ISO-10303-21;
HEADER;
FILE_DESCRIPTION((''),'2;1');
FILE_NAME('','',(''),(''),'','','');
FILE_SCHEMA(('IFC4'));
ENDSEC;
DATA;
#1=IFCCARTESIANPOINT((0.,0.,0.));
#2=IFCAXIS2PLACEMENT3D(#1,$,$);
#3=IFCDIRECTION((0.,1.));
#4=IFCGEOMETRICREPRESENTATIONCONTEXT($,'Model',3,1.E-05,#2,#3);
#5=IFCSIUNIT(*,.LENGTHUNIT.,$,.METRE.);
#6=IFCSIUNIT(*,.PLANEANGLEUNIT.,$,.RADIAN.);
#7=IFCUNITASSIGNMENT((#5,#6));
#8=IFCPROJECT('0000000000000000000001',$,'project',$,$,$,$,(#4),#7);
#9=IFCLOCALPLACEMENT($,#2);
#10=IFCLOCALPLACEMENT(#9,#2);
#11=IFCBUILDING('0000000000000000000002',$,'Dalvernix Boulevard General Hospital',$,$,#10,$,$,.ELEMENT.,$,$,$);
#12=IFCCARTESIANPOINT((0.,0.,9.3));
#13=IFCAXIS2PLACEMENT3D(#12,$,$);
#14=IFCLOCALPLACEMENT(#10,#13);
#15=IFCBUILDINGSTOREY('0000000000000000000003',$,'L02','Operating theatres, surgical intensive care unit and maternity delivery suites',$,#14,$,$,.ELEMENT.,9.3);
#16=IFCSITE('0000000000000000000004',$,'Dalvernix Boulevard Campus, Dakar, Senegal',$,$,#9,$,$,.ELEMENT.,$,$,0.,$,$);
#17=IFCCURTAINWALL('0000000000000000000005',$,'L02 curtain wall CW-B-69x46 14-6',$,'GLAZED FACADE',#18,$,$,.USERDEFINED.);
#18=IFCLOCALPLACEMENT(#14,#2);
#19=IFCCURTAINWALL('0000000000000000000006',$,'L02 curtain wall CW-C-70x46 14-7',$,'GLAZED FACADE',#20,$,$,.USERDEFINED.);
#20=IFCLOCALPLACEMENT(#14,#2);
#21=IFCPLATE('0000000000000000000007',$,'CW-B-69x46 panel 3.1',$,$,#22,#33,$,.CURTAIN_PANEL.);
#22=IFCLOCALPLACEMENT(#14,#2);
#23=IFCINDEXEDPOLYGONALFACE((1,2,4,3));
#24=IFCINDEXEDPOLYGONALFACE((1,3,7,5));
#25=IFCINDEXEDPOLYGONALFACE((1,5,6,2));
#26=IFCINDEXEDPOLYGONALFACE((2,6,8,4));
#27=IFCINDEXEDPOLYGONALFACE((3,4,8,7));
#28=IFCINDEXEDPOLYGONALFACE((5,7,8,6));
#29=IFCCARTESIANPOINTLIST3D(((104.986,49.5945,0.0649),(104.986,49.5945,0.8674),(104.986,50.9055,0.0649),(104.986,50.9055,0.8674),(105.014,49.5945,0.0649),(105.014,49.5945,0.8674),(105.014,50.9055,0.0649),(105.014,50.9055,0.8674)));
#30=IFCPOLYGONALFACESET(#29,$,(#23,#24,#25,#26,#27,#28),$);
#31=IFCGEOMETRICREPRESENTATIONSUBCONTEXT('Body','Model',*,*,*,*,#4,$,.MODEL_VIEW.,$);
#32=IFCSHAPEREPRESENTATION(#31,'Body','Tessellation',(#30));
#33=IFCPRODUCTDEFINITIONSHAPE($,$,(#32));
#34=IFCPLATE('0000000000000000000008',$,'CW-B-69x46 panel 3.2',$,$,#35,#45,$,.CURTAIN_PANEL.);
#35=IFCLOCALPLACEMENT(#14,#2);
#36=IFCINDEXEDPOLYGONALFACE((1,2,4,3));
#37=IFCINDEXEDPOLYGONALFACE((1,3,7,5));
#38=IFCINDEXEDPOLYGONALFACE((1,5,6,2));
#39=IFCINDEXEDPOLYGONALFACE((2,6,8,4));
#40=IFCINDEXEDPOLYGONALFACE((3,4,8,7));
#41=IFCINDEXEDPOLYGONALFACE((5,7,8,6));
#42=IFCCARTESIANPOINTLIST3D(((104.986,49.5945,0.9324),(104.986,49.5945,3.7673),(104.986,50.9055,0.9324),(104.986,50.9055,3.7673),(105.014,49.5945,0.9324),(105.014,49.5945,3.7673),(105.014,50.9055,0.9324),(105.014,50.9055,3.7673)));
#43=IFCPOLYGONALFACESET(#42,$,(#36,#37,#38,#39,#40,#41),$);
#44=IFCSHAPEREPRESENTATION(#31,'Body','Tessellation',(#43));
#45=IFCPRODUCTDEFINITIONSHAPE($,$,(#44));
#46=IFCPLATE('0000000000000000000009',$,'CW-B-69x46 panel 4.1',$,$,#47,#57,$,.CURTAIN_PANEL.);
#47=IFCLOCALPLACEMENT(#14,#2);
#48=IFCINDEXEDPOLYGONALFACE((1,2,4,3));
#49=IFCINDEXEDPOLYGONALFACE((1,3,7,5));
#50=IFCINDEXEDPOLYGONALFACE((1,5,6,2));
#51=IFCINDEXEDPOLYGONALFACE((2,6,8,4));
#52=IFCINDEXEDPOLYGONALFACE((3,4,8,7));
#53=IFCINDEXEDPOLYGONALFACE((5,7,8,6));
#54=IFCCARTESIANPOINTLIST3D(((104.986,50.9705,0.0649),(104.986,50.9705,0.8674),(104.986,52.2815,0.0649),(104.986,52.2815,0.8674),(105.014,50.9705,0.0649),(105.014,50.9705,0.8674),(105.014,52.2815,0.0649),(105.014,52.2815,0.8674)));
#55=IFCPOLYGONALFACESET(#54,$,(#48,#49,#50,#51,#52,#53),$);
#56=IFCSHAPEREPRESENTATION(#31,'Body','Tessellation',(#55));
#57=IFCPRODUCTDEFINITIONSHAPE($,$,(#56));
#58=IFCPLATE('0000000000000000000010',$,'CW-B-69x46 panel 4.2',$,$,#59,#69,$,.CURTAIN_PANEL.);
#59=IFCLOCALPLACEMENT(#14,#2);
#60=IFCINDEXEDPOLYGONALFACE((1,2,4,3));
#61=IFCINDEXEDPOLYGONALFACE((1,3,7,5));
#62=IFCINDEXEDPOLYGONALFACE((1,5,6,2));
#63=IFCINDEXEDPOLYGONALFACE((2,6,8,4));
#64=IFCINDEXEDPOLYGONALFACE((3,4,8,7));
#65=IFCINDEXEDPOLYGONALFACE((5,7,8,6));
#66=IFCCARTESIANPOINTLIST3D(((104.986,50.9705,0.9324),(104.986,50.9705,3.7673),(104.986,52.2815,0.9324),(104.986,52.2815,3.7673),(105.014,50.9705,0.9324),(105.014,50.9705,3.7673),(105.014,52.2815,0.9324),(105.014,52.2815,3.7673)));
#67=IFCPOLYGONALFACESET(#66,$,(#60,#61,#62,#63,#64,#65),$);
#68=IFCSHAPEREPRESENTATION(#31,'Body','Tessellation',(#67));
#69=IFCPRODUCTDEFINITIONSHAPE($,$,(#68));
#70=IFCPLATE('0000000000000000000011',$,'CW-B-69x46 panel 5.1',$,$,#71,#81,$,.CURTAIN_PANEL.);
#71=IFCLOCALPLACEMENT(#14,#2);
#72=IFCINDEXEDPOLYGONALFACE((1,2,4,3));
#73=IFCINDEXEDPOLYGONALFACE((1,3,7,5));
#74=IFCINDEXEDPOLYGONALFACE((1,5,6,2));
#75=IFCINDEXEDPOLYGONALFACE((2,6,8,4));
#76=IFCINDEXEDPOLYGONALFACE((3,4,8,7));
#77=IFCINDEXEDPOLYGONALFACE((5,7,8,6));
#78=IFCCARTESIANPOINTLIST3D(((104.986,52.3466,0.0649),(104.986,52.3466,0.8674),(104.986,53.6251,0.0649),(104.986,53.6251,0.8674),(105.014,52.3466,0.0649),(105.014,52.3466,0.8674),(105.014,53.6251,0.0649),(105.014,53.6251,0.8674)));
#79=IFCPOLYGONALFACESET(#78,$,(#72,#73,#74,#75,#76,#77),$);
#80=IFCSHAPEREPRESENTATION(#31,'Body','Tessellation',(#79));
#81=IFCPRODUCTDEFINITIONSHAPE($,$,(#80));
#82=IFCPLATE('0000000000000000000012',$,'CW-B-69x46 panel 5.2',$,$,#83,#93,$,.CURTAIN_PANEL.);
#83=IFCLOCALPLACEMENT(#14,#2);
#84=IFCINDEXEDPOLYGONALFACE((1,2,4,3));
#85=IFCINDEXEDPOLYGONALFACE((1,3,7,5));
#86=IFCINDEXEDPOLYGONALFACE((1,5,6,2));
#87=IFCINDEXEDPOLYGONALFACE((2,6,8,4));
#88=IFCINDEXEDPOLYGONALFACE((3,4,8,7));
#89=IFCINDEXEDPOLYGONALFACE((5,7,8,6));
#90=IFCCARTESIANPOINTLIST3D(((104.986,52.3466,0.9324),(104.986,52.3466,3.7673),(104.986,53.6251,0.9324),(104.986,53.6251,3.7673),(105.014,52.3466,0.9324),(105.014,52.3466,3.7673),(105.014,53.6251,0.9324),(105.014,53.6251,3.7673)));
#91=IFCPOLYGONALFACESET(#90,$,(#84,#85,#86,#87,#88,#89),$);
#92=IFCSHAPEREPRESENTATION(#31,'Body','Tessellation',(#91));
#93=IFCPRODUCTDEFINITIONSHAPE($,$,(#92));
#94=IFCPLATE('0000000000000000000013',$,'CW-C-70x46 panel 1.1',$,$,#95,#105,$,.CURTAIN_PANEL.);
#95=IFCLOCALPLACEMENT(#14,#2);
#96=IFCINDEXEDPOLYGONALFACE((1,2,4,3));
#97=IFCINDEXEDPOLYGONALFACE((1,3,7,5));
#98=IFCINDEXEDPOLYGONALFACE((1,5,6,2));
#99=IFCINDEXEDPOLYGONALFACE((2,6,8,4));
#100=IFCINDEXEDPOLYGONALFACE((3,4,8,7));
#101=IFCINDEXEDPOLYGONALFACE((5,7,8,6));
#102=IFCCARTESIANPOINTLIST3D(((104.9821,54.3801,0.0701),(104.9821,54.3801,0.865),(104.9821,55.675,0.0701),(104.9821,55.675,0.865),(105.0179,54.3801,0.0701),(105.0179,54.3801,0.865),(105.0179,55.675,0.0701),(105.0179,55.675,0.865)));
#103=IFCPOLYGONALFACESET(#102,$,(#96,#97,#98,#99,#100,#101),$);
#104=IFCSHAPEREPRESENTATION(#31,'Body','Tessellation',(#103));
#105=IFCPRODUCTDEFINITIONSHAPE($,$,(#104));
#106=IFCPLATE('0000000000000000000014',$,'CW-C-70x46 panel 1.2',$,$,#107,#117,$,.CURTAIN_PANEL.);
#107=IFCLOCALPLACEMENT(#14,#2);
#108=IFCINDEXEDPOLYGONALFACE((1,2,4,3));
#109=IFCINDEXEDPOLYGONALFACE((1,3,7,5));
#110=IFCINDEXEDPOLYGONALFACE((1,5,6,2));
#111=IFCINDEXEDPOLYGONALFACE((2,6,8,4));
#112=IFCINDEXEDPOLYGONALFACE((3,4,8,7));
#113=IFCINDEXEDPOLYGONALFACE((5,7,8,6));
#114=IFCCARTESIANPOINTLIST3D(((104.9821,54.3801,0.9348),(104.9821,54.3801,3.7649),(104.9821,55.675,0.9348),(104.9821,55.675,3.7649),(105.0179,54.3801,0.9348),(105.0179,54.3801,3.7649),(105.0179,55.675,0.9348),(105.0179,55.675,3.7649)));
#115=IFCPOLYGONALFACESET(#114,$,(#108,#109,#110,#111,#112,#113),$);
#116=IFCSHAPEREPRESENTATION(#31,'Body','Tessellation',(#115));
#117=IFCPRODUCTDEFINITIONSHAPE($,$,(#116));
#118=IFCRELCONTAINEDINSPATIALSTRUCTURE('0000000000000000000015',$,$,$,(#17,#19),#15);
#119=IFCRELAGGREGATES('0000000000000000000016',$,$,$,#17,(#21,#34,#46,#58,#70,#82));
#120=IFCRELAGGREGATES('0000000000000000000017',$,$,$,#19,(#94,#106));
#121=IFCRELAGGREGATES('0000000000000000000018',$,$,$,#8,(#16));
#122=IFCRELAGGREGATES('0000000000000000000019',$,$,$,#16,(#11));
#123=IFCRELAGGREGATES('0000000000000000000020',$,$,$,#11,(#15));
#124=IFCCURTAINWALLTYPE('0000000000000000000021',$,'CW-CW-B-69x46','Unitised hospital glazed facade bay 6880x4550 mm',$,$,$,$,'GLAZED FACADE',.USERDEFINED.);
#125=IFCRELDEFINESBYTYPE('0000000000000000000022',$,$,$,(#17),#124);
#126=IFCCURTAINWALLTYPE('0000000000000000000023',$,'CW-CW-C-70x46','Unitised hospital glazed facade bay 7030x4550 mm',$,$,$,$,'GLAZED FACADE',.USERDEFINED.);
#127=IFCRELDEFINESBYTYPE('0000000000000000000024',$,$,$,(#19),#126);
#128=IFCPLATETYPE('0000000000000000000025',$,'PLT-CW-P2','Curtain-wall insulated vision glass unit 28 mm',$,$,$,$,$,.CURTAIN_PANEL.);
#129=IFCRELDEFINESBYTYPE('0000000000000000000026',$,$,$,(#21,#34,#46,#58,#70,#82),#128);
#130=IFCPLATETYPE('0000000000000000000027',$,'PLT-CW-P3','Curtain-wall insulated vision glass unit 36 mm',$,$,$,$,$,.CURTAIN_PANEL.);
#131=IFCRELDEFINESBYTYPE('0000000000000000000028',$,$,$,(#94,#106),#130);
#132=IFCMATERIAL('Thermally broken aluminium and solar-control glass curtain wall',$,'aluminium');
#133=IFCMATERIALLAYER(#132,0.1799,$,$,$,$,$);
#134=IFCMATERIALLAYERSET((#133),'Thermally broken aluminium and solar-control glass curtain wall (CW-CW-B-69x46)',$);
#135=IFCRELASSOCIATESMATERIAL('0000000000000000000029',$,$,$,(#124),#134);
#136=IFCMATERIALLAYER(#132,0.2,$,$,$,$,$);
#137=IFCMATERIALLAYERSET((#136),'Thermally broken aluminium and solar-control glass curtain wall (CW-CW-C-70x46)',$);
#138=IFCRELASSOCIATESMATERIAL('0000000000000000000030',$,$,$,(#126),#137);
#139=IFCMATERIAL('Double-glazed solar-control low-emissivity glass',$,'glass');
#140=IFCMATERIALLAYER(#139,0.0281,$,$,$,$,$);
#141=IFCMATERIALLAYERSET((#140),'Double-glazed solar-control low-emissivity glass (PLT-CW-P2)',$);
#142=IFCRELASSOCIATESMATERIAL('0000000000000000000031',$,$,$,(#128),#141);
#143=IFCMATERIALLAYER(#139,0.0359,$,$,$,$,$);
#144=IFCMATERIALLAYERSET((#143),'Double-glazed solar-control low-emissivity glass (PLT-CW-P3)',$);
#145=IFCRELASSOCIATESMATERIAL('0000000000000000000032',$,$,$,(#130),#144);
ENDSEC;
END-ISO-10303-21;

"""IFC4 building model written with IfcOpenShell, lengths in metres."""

from ifc_helpers import new_model, si_unit, direction, frame, origin, origin_2d, place, context, subcontext, project, spatial, rectangle, extrude, material, layer, layer_set, type_object, element, aggregate, save


model = new_model("IFC4")

# Units and contexts
model_context = context("Model", 3, precision=1e-05, world=origin(), true_north=direction((0.0, 1.0)))
body_context = subcontext(model_context, "Body", "Model", "MODEL_VIEW")
ifc_project = project(units=[si_unit("LENGTHUNIT", "METRE"), si_unit("PLANEANGLEUNIT", "RADIAN")], contexts=[model_context])

# Site, building, storey
site_placement = place(None, origin())
site = spatial("IfcSite", under=ifc_project, at=site_placement, Name="Dalvernix Boulevard Campus, Dakar, Senegal", CompositionType="ELEMENT", RefElevation=0.0)
building_placement = place(site_placement, origin())
building = spatial("IfcBuilding", under=site, at=building_placement, Name="Dalvernix Boulevard General Hospital", CompositionType="ELEMENT")
storey_placement = place(building_placement, frame((0.0, 0.0, 9.3)))
storey = spatial("IfcBuildingStorey", under=building, at=storey_placement, Name="L02", Description="Operating theatres, surgical intensive care unit and maternity delivery suites", CompositionType="ELEMENT", Elevation=9.3)

# Curtain walls
ifc_material_1 = material(Name="Thermally broken aluminium and solar-control glass curtain wall", Category="aluminium")
ifc_layer_1 = layer(ifc_material_1, 0.1799)
ifc_layer_set_1 = layer_set([ifc_layer_1], Name="Thermally broken aluminium and solar-control glass curtain wall (CW-CW-B-69x46)")
curtain_wall_type_1 = type_object("IfcCurtainWallType", Name="CW-CW-B-69x46", Description="Unitised hospital glazed facade bay 6880x4550 mm", ElementType="GLAZED FACADE", PredefinedType="USERDEFINED", material=ifc_layer_set_1)
curtain_wall_1_placement = place(storey_placement, origin())
curtain_wall_1 = element("IfcCurtainWall", 1, at=curtain_wall_1_placement, inside=storey, type_object=curtain_wall_type_1, Name="L02 curtain wall CW-B-69x46 14-6", ObjectType="GLAZED FACADE", PredefinedType="USERDEFINED")
ifc_layer_2 = layer(ifc_material_1, 0.2)
ifc_layer_set_2 = layer_set([ifc_layer_2], Name="Thermally broken aluminium and solar-control glass curtain wall (CW-CW-C-70x46)")
curtain_wall_type_2 = type_object("IfcCurtainWallType", Name="CW-CW-C-70x46", Description="Unitised hospital glazed facade bay 7030x4550 mm", ElementType="GLAZED FACADE", PredefinedType="USERDEFINED", material=ifc_layer_set_2)
curtain_wall_2_placement = place(storey_placement, origin())
curtain_wall_2 = element("IfcCurtainWall", 2, at=curtain_wall_2_placement, inside=storey, type_object=curtain_wall_type_2, Name="L02 curtain wall CW-C-70x46 14-7", ObjectType="GLAZED FACADE", PredefinedType="USERDEFINED")

# Plates
ifc_material_2 = material(Name="Double-glazed solar-control low-emissivity glass", Category="glass")
ifc_layer_3 = layer(ifc_material_2, 0.0281)
ifc_layer_set_3 = layer_set([ifc_layer_3], Name="Double-glazed solar-control low-emissivity glass (PLT-CW-P2)")
plate_type_1 = type_object("IfcPlateType", Name="PLT-CW-P2", Description="Curtain-wall insulated vision glass unit 28 mm", PredefinedType="CURTAIN_PANEL", material=ifc_layer_set_3)
plate_1_placement = place(storey_placement, frame((105.0, 50.25, 0.0649), z_axis=(0.0, 0.0, 1.0), x_axis=(0.0, 1.0, 0.0)))
plate_1 = element("IfcPlate", 3, at=plate_1_placement, type_object=plate_type_1, Name="CW-B-69x46 panel 3.1", PredefinedType="CURTAIN_PANEL", context=body_context, shape_type="SweptSolid", body=[
    extrude(rectangle(XDim=1.311, YDim=0.0281, at=origin_2d()), origin(), (0.0, 0.0, 1.0), 0.8025),
])
plate_2_placement = place(storey_placement, frame((105.0, 50.25, 0.9324), z_axis=(0.0, 0.0, 1.0), x_axis=(0.0, 1.0, 0.0)))
plate_2 = element("IfcPlate", 4, at=plate_2_placement, type_object=plate_type_1, Name="CW-B-69x46 panel 3.2", PredefinedType="CURTAIN_PANEL", context=body_context, shape_type="SweptSolid", body=[
    extrude(rectangle(XDim=1.311, YDim=0.0281, at=origin_2d()), origin(), (0.0, 0.0, 1.0), 2.835),
])
plate_3_placement = place(storey_placement, frame((105.0, 51.626, 0.0649), z_axis=(0.0, 0.0, 1.0), x_axis=(0.0, 1.0, 0.0)))
plate_3 = element("IfcPlate", 5, at=plate_3_placement, type_object=plate_type_1, Name="CW-B-69x46 panel 4.1", PredefinedType="CURTAIN_PANEL", context=body_context, shape_type="SweptSolid", body=[
    extrude(rectangle(XDim=1.311, YDim=0.0281, at=origin_2d()), origin(), (0.0, 0.0, 1.0), 0.8025),
])
plate_4_placement = place(storey_placement, frame((105.0, 51.626, 0.9324), z_axis=(0.0, 0.0, 1.0), x_axis=(0.0, 1.0, 0.0)))
plate_4 = element("IfcPlate", 6, at=plate_4_placement, type_object=plate_type_1, Name="CW-B-69x46 panel 4.2", PredefinedType="CURTAIN_PANEL", context=body_context, shape_type="SweptSolid", body=[
    extrude(rectangle(XDim=1.311, YDim=0.0281, at=origin_2d()), origin(), (0.0, 0.0, 1.0), 2.835),
])
plate_5_placement = place(storey_placement, frame((105.0, 52.9858, 0.0649), z_axis=(0.0, 0.0, 1.0), x_axis=(0.0, 1.0, 0.0)))
plate_5 = element("IfcPlate", 7, at=plate_5_placement, type_object=plate_type_1, Name="CW-B-69x46 panel 5.1", PredefinedType="CURTAIN_PANEL", context=body_context, shape_type="SweptSolid", body=[
    extrude(rectangle(XDim=1.2786, YDim=0.0281, at=origin_2d()), origin(), (0.0, 0.0, 1.0), 0.8025),
])
plate_6_placement = place(storey_placement, frame((105.0, 52.9858, 0.9324), z_axis=(0.0, 0.0, 1.0), x_axis=(0.0, 1.0, 0.0)))
plate_6 = element("IfcPlate", 8, at=plate_6_placement, type_object=plate_type_1, Name="CW-B-69x46 panel 5.2", PredefinedType="CURTAIN_PANEL", context=body_context, shape_type="SweptSolid", body=[
    extrude(rectangle(XDim=1.2786, YDim=0.0281, at=origin_2d()), origin(), (0.0, 0.0, 1.0), 2.835),
])
aggregate(curtain_wall_1, [plate_1, plate_2, plate_3, plate_4, plate_5, plate_6])
ifc_layer_4 = layer(ifc_material_2, 0.0359)
ifc_layer_set_4 = layer_set([ifc_layer_4], Name="Double-glazed solar-control low-emissivity glass (PLT-CW-P3)")
plate_type_2 = type_object("IfcPlateType", Name="PLT-CW-P3", Description="Curtain-wall insulated vision glass unit 36 mm", PredefinedType="CURTAIN_PANEL", material=ifc_layer_set_4)
plate_7_placement = place(storey_placement, frame((105.0, 55.0276, 0.0701), z_axis=(0.0, 0.0, 1.0), x_axis=(0.0, 1.0, 0.0)))
plate_7 = element("IfcPlate", 9, at=plate_7_placement, type_object=plate_type_2, Name="CW-C-70x46 panel 1.1", PredefinedType="CURTAIN_PANEL", context=body_context, shape_type="SweptSolid", body=[
    extrude(rectangle(XDim=1.2949, YDim=0.0359, at=origin_2d()), origin(), (0.0, 0.0, 1.0), 0.7949),
])
plate_8_placement = place(storey_placement, frame((105.0, 55.0276, 0.9348), z_axis=(0.0, 0.0, 1.0), x_axis=(0.0, 1.0, 0.0)))
plate_8 = element("IfcPlate", 10, at=plate_8_placement, type_object=plate_type_2, Name="CW-C-70x46 panel 1.2", PredefinedType="CURTAIN_PANEL", context=body_context, shape_type="SweptSolid", body=[
    extrude(rectangle(XDim=1.2949, YDim=0.0359, at=origin_2d()), origin(), (0.0, 0.0, 1.0), 2.8301),
])
aggregate(curtain_wall_2, [plate_7, plate_8])

save(model, "model.ifc")
